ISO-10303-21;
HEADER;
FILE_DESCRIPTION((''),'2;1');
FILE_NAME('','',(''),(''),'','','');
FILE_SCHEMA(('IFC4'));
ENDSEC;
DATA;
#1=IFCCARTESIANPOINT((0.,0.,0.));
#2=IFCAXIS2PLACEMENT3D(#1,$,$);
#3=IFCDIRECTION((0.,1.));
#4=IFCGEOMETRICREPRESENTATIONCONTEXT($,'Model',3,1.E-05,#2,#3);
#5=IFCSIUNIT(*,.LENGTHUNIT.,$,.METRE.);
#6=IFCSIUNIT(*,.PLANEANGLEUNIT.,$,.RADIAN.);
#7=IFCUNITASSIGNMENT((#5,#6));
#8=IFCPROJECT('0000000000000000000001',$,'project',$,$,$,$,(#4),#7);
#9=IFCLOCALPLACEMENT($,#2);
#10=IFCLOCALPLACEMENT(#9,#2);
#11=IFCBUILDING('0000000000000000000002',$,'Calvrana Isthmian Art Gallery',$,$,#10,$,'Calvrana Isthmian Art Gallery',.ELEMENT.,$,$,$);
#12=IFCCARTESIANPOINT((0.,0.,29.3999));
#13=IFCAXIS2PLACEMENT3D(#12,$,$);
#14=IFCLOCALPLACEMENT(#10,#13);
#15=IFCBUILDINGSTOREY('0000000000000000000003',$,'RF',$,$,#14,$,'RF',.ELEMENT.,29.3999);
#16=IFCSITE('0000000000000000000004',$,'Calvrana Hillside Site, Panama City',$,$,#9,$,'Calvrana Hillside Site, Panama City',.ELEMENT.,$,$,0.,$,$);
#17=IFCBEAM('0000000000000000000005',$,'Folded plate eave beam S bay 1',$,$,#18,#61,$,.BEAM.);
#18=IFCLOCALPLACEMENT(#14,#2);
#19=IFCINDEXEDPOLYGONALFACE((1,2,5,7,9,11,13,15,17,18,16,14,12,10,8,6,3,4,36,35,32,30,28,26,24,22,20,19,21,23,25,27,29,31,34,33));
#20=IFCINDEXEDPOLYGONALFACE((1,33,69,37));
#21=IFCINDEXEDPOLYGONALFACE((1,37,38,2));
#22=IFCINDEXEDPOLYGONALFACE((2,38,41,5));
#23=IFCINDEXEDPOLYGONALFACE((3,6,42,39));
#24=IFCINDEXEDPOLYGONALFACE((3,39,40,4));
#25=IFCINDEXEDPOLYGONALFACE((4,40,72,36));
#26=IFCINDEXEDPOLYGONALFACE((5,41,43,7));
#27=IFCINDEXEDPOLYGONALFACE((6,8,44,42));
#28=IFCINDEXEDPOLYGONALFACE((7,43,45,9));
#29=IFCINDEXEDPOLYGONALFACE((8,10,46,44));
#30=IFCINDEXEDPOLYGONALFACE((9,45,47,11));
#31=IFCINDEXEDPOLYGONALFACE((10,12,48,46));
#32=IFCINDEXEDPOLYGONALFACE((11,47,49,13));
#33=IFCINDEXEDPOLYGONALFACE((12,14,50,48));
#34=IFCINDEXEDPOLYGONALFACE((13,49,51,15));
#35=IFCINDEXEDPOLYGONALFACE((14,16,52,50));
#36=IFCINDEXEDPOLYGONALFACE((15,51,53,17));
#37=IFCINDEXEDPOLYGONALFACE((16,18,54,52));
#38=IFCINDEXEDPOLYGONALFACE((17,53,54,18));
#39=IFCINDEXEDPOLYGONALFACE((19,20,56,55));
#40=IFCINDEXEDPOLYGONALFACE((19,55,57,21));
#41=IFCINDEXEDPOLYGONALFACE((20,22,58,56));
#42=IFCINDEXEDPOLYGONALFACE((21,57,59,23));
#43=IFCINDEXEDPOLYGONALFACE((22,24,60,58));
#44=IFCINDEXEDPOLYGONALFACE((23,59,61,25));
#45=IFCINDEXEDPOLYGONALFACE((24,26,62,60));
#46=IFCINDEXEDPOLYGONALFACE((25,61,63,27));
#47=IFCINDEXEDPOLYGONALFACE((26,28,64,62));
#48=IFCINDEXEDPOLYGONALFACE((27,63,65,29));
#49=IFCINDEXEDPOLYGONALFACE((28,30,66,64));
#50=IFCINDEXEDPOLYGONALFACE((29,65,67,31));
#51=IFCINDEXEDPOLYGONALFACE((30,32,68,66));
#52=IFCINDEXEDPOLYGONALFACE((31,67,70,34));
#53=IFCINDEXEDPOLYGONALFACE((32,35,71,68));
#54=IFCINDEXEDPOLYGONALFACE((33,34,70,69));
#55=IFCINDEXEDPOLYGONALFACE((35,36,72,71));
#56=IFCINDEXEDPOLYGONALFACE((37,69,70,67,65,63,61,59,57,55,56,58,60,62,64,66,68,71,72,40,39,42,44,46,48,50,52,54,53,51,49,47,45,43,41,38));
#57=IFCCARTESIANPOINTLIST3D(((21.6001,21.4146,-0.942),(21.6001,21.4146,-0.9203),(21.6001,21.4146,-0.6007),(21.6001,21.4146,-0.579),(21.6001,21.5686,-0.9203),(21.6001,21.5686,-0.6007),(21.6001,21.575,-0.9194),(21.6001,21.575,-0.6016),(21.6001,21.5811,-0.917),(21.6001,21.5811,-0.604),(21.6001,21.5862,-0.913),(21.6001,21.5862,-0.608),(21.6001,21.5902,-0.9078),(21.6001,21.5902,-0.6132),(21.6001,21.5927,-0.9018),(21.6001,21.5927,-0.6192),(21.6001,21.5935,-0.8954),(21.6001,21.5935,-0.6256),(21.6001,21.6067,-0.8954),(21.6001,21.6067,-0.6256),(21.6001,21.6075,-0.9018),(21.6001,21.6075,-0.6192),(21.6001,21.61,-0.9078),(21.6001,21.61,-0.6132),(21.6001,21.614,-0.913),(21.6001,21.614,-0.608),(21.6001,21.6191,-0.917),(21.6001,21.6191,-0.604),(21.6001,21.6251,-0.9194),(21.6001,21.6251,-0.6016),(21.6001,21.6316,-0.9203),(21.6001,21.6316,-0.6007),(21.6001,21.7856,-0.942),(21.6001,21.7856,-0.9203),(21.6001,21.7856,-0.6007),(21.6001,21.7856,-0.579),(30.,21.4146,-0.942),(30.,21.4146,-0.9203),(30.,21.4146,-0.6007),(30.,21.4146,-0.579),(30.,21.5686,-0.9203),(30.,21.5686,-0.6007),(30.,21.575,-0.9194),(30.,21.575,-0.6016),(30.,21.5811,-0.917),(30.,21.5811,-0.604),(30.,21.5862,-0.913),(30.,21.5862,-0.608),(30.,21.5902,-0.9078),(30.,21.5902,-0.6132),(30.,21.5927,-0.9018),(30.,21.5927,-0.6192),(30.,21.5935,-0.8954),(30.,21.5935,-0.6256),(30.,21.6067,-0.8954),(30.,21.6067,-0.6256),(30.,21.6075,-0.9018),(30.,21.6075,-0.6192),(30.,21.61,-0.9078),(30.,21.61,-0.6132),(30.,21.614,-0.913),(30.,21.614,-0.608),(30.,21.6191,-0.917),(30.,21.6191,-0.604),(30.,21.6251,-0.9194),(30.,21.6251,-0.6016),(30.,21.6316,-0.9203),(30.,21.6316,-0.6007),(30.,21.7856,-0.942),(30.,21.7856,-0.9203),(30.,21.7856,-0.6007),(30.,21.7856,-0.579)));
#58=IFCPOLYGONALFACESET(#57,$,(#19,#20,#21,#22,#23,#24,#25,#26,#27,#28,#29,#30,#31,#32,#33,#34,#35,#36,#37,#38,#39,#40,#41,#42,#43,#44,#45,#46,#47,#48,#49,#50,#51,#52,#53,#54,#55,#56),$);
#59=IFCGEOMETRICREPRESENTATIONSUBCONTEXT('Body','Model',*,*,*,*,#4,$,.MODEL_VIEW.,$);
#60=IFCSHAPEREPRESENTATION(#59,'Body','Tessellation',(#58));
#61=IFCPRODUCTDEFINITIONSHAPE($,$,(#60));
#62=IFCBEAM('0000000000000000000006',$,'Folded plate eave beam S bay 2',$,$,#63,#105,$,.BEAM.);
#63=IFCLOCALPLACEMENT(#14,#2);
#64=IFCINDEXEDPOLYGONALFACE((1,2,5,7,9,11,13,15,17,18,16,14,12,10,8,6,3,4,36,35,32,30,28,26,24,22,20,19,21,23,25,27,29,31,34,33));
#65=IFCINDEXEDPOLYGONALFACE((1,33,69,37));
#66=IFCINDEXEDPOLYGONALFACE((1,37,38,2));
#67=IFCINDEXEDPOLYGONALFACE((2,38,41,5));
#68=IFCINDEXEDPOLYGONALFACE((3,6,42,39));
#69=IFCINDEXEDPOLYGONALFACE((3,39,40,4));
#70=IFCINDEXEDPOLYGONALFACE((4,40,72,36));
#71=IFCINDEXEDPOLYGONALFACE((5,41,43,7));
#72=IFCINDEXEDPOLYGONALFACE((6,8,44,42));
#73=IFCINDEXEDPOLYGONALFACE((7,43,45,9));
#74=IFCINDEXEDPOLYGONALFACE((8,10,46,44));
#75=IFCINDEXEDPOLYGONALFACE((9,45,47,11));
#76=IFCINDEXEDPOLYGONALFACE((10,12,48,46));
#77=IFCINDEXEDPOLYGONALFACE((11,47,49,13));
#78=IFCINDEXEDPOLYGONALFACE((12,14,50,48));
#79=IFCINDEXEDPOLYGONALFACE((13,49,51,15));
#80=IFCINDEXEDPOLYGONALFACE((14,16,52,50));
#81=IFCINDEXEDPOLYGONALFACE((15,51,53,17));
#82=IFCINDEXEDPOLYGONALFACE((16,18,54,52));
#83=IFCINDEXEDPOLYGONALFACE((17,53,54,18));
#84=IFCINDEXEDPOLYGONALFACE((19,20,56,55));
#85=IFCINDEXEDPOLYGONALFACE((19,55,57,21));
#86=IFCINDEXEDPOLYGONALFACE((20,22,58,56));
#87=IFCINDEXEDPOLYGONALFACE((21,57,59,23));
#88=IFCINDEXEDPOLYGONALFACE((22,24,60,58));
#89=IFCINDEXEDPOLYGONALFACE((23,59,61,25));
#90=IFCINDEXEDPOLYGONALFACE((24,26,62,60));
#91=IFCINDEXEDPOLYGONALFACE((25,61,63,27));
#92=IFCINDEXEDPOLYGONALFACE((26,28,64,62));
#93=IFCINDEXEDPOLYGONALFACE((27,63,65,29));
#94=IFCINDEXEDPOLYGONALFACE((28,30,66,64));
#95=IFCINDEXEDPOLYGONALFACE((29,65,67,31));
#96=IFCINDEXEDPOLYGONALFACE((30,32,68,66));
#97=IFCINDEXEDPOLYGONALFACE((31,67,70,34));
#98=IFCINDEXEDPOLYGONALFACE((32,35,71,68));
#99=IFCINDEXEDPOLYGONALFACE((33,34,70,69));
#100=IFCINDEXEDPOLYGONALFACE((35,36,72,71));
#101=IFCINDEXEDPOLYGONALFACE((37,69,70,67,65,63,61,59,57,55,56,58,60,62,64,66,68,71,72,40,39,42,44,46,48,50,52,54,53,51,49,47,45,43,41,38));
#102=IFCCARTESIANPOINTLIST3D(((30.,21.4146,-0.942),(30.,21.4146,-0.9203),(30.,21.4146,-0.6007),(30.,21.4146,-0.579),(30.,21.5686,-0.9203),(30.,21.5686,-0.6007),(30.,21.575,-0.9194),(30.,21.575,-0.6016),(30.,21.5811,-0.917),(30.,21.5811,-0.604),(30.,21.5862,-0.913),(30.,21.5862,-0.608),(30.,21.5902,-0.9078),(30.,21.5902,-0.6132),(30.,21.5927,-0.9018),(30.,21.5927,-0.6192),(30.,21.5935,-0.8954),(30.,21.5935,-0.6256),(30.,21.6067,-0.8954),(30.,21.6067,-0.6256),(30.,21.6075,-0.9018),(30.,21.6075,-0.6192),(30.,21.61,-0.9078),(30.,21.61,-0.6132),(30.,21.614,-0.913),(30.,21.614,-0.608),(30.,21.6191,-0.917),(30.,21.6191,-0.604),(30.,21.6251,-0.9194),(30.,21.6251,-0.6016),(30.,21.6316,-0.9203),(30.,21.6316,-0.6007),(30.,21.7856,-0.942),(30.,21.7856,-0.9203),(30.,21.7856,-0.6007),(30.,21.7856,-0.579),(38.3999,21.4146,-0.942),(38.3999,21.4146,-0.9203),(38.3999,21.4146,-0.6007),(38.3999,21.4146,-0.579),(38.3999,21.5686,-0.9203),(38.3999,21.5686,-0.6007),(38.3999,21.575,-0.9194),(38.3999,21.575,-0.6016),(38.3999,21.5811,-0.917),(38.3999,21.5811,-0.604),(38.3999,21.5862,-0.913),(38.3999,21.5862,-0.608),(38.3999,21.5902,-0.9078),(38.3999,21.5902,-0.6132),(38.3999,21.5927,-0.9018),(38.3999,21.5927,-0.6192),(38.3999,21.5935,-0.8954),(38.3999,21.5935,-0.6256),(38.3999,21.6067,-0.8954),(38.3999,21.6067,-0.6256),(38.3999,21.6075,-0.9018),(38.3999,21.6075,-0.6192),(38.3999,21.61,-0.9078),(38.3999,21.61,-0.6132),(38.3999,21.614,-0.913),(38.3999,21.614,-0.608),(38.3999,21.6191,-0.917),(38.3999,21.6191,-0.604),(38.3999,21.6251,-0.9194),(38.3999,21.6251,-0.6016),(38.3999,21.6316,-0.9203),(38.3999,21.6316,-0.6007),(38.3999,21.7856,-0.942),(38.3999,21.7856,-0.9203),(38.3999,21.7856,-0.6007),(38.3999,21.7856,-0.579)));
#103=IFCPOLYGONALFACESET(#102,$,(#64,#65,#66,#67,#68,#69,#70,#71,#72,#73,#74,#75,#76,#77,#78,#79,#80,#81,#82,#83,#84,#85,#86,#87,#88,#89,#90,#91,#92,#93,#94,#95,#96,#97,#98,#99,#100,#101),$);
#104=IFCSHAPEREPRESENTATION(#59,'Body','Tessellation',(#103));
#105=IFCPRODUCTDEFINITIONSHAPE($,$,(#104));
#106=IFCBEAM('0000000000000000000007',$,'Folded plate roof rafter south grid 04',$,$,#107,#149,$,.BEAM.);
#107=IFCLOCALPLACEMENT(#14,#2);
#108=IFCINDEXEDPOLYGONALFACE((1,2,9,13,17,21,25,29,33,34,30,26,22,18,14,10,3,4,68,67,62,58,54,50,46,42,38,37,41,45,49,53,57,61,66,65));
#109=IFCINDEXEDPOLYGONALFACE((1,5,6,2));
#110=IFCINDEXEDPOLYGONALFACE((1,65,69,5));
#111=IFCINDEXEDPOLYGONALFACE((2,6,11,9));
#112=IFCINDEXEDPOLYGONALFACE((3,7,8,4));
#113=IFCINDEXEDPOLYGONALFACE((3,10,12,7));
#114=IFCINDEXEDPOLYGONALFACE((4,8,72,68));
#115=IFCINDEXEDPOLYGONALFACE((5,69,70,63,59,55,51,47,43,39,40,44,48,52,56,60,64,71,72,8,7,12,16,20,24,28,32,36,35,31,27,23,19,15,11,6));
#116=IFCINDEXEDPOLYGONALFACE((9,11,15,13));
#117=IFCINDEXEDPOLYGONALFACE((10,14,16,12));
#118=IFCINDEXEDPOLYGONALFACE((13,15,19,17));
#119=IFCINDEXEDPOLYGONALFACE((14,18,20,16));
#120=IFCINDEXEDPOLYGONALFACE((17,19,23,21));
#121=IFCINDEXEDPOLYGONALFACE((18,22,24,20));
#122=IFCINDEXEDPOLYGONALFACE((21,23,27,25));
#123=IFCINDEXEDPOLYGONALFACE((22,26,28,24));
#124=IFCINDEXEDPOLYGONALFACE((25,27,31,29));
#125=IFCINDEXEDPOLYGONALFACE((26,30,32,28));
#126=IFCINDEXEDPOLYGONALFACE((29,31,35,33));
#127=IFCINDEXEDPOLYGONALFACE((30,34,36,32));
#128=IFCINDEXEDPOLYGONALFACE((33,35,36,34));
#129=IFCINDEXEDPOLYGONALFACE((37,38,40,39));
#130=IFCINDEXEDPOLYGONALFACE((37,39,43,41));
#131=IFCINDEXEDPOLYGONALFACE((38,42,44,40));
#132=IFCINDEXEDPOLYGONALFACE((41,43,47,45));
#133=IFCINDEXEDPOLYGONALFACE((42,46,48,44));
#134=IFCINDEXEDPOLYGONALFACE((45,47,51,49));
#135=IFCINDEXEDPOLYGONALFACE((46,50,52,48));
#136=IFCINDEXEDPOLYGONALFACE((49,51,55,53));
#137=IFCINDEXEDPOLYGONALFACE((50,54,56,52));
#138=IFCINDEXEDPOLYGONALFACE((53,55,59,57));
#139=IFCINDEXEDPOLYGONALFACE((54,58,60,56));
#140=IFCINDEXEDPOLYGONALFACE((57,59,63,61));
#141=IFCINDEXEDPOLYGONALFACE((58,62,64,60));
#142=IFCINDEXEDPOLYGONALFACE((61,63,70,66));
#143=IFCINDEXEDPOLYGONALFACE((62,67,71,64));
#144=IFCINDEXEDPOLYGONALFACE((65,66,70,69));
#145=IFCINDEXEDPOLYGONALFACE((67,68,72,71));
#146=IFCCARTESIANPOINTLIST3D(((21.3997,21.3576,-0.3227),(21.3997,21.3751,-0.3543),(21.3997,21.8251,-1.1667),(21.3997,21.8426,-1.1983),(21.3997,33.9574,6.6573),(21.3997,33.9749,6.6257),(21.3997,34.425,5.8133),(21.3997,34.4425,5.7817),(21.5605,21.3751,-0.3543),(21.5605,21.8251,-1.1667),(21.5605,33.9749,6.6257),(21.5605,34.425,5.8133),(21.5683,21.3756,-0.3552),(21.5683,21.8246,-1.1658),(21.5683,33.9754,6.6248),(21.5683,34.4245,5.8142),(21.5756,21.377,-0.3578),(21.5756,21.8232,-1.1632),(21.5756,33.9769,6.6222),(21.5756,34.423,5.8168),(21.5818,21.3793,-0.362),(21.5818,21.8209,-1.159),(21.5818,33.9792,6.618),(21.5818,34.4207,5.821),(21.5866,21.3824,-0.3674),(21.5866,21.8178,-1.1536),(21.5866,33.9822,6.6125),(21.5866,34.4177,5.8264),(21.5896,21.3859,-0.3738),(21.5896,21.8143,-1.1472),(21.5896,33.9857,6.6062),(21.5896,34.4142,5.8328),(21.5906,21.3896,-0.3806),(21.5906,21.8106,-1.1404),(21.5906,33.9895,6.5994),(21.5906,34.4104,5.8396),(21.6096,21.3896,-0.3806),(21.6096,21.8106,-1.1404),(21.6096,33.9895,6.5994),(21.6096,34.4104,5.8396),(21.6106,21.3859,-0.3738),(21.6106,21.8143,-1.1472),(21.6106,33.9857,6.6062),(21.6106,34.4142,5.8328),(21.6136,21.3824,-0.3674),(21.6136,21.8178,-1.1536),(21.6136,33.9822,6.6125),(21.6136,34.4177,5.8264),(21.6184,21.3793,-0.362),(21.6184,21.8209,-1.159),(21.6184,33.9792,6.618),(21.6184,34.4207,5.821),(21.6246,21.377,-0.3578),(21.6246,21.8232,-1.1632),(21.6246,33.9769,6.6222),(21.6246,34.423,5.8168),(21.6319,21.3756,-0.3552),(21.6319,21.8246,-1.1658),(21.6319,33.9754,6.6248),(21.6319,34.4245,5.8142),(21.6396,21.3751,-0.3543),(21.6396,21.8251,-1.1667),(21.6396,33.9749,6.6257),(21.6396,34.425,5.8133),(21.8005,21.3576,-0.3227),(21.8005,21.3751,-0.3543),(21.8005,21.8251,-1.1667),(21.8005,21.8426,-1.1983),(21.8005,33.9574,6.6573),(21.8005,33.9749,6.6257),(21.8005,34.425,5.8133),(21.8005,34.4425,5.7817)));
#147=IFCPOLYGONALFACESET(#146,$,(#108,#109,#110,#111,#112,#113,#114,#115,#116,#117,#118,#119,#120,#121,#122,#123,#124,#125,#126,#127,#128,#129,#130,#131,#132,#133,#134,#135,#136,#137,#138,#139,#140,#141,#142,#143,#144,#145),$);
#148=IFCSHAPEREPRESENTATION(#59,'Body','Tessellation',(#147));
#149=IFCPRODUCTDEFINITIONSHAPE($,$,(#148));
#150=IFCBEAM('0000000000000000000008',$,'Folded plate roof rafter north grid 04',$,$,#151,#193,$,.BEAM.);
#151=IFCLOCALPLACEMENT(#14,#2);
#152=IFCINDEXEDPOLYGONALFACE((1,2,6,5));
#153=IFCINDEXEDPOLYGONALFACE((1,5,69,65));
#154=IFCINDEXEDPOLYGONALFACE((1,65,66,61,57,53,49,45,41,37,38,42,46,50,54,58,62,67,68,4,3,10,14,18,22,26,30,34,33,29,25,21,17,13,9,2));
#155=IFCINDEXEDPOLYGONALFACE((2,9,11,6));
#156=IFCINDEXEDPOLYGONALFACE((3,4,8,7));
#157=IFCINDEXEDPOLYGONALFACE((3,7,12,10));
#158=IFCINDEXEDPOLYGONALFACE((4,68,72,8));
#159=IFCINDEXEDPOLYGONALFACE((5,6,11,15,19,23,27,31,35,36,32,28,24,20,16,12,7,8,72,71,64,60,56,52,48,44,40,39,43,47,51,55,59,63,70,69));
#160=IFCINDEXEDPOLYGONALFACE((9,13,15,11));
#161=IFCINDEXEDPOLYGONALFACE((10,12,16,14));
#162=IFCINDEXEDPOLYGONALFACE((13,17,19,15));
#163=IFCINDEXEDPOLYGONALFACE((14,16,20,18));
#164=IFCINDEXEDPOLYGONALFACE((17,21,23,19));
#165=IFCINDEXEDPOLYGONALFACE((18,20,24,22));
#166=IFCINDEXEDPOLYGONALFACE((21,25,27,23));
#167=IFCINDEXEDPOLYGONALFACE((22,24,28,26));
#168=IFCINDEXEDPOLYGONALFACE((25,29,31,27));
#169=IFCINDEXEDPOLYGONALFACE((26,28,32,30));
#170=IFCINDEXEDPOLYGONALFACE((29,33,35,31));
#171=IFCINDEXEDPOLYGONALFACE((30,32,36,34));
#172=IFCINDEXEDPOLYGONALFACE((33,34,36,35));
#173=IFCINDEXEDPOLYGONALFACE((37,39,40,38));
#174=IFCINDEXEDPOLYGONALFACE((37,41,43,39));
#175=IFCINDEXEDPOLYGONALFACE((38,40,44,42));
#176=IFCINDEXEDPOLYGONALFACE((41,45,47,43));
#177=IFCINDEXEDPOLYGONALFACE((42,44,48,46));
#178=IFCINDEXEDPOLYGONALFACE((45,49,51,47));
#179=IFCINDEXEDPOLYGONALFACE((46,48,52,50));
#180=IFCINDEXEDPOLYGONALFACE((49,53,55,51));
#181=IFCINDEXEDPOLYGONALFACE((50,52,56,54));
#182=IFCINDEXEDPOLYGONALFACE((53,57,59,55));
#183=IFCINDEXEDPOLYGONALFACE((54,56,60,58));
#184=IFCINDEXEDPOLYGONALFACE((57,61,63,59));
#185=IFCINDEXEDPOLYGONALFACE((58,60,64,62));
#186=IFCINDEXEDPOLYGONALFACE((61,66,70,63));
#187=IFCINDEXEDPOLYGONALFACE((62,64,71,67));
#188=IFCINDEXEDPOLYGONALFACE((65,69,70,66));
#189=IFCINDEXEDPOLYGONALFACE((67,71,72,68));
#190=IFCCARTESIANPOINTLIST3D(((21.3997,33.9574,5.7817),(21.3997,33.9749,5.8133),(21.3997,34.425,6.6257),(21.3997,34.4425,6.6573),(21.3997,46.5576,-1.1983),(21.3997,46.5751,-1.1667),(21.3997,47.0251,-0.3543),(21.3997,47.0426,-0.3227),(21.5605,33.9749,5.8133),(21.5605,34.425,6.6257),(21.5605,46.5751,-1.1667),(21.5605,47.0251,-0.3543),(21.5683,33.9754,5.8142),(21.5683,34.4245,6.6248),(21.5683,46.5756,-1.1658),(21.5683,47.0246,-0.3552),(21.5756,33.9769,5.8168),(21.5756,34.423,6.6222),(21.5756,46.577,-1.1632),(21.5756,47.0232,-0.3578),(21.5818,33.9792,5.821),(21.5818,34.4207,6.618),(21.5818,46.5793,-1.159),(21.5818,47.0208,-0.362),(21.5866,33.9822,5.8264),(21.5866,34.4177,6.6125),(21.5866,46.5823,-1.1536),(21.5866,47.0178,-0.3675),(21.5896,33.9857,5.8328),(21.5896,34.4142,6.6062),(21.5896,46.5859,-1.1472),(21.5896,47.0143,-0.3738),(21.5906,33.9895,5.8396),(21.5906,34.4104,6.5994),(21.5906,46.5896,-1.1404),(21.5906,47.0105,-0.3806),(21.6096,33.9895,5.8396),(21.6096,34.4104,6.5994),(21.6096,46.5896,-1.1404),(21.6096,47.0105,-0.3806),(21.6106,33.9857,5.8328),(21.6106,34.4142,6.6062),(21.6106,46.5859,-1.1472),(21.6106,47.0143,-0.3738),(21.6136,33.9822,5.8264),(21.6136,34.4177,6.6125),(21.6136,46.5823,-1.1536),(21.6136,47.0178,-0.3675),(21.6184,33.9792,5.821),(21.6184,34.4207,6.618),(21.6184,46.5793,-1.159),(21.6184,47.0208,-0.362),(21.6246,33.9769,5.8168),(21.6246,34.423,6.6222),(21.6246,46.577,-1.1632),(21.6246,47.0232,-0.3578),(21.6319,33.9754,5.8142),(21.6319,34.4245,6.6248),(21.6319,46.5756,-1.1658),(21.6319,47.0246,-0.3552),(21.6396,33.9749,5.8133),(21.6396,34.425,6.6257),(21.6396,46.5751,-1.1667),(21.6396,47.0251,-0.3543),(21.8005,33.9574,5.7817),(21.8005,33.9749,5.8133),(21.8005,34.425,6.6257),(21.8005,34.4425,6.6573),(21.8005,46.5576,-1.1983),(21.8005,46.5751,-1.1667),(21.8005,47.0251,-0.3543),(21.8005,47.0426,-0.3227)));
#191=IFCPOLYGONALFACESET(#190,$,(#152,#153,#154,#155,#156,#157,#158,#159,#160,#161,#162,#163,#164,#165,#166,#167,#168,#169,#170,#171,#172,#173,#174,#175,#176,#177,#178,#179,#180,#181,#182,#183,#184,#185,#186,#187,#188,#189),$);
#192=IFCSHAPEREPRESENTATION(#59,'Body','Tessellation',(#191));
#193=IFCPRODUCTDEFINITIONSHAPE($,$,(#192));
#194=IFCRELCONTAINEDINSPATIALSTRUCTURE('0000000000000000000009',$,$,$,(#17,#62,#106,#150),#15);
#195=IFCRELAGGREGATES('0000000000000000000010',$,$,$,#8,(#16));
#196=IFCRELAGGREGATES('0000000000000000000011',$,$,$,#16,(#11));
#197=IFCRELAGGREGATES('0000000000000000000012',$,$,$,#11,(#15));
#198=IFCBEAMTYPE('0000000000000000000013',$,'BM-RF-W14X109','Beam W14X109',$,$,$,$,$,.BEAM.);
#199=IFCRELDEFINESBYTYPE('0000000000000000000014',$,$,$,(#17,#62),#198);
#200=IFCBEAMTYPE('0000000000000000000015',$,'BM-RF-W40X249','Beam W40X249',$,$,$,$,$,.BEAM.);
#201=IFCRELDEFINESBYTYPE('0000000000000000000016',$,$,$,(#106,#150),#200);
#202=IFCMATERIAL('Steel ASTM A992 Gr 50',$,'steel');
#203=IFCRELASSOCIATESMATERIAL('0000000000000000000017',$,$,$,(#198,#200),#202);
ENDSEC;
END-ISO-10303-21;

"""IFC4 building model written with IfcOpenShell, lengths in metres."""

from ifc_helpers import new_model, si_unit, direction, frame, origin, origin_2d, place, context, subcontext, project, spatial, i_section, extrude, material, material_profile, profile_set, type_object, element, save


model = new_model("IFC4")

# Units and contexts
model_context = context("Model", 3, precision=1e-05, world=origin(), true_north=direction((0.0, 1.0)))
body_context = subcontext(model_context, "Body", "Model", "MODEL_VIEW")
ifc_project = project(units=[si_unit("LENGTHUNIT", "METRE"), si_unit("PLANEANGLEUNIT", "RADIAN")], contexts=[model_context])

# Site, building, storey
site_placement = place(None, origin())
site = spatial("IfcSite", under=ifc_project, at=site_placement, Name="Calvrana Hillside Site, Panama City", LongName="Calvrana Hillside Site, Panama City", CompositionType="ELEMENT", RefElevation=0.0)
building_placement = place(site_placement, origin())
building = spatial("IfcBuilding", under=site, at=building_placement, Name="Calvrana Isthmian Art Gallery", LongName="Calvrana Isthmian Art Gallery", CompositionType="ELEMENT")
storey_placement = place(building_placement, frame((0.0, 0.0, 29.3999)))
storey = spatial("IfcBuildingStorey", under=building, at=storey_placement, Name="RF", LongName="RF", CompositionType="ELEMENT", Elevation=29.3999)

# Beams
ifc_material_1 = material(Name="Steel ASTM A992 Gr 50", Category="steel")
ifc_material_profile_1 = material_profile(ifc_material_1, i_section(OverallWidth=0.3711, OverallDepth=0.363, WebThickness=0.0132, FlangeThickness=0.0217, FilletRadius=0.0249, at=origin_2d()), Name="W14X109")
ifc_profile_set_1 = profile_set([ifc_material_profile_1], Name="Steel ASTM A992 Gr 50")
beam_type_1 = type_object("IfcBeamType", Name="BM-RF-W14X109", Description="Beam W14X109", PredefinedType="BEAM", material=ifc_profile_set_1)
for number, where, z_axis, x_axis, name in (
    (1, (21.6001, 21.6001, -0.7605), (1.0, 0.0, 0.0), (0.0, 1.0, 0.0), "Folded plate eave beam S bay 1"),
    (2, (30.0, 21.6001, -0.7605), (1.0, 0.0, 0.0), (0.0, 1.0, 0.0), "Folded plate eave beam S bay 2"),
):
    element("IfcBeam", number, at=place(storey_placement, frame(where, z_axis=z_axis, x_axis=x_axis)), inside=storey, type_object=beam_type_1, Name=name, PredefinedType="BEAM", context=body_context, shape_type="SweptSolid", body=[
        extrude(i_section(OverallWidth=0.3711, OverallDepth=0.363, WebThickness=0.0132, FlangeThickness=0.0217, FilletRadius=0.0249, at=origin_2d()), origin(), (0.0, 0.0, 1.0), 8.3999),
    ])
ifc_material_profile_2 = material_profile(ifc_material_1, i_section(OverallWidth=0.4009, OverallDepth=1.001, WebThickness=0.019, FlangeThickness=0.0361, FilletRadius=0.03, at=origin_2d()), Name="W40X249")
ifc_profile_set_2 = profile_set([ifc_material_profile_2], Name="Steel ASTM A992 Gr 50")
beam_type_2 = type_object("IfcBeamType", Name="BM-RF-W40X249", Description="Beam W40X249", PredefinedType="BEAM", material=ifc_profile_set_2)
beam_1_placement = place(storey_placement, frame((21.6001, 21.6001, -0.7605), z_axis=(0.0, 0.874744, 0.484585), x_axis=(-1.0, 0.0, 0.0)))
element("IfcBeam", 3, at=beam_1_placement, inside=storey, type_object=beam_type_2, Name="Folded plate roof rafter south grid 04", PredefinedType="BEAM", context=body_context, shape_type="SweptSolid", body=[
    extrude(i_section(OverallWidth=0.4009, OverallDepth=1.001, WebThickness=0.019, FlangeThickness=0.0361, FilletRadius=0.03, at=origin_2d()), origin(), (0.0, 0.0, 1.0), 14.4041),
])
beam_2_placement = place(storey_placement, frame((21.6001, 34.2, 6.2195), z_axis=(0.0, 0.874748, -0.484578), x_axis=(-1.0, 0.0, 0.0)))
element("IfcBeam", 4, at=beam_2_placement, inside=storey, type_object=beam_type_2, Name="Folded plate roof rafter north grid 04", PredefinedType="BEAM", context=body_context, shape_type="SweptSolid", body=[
    extrude(i_section(OverallWidth=0.4009, OverallDepth=1.001, WebThickness=0.019, FlangeThickness=0.0361, FilletRadius=0.03, at=origin_2d()), origin(), (0.0, 0.0, 1.0), 14.4043),
])

save(model, "model.ifc")
